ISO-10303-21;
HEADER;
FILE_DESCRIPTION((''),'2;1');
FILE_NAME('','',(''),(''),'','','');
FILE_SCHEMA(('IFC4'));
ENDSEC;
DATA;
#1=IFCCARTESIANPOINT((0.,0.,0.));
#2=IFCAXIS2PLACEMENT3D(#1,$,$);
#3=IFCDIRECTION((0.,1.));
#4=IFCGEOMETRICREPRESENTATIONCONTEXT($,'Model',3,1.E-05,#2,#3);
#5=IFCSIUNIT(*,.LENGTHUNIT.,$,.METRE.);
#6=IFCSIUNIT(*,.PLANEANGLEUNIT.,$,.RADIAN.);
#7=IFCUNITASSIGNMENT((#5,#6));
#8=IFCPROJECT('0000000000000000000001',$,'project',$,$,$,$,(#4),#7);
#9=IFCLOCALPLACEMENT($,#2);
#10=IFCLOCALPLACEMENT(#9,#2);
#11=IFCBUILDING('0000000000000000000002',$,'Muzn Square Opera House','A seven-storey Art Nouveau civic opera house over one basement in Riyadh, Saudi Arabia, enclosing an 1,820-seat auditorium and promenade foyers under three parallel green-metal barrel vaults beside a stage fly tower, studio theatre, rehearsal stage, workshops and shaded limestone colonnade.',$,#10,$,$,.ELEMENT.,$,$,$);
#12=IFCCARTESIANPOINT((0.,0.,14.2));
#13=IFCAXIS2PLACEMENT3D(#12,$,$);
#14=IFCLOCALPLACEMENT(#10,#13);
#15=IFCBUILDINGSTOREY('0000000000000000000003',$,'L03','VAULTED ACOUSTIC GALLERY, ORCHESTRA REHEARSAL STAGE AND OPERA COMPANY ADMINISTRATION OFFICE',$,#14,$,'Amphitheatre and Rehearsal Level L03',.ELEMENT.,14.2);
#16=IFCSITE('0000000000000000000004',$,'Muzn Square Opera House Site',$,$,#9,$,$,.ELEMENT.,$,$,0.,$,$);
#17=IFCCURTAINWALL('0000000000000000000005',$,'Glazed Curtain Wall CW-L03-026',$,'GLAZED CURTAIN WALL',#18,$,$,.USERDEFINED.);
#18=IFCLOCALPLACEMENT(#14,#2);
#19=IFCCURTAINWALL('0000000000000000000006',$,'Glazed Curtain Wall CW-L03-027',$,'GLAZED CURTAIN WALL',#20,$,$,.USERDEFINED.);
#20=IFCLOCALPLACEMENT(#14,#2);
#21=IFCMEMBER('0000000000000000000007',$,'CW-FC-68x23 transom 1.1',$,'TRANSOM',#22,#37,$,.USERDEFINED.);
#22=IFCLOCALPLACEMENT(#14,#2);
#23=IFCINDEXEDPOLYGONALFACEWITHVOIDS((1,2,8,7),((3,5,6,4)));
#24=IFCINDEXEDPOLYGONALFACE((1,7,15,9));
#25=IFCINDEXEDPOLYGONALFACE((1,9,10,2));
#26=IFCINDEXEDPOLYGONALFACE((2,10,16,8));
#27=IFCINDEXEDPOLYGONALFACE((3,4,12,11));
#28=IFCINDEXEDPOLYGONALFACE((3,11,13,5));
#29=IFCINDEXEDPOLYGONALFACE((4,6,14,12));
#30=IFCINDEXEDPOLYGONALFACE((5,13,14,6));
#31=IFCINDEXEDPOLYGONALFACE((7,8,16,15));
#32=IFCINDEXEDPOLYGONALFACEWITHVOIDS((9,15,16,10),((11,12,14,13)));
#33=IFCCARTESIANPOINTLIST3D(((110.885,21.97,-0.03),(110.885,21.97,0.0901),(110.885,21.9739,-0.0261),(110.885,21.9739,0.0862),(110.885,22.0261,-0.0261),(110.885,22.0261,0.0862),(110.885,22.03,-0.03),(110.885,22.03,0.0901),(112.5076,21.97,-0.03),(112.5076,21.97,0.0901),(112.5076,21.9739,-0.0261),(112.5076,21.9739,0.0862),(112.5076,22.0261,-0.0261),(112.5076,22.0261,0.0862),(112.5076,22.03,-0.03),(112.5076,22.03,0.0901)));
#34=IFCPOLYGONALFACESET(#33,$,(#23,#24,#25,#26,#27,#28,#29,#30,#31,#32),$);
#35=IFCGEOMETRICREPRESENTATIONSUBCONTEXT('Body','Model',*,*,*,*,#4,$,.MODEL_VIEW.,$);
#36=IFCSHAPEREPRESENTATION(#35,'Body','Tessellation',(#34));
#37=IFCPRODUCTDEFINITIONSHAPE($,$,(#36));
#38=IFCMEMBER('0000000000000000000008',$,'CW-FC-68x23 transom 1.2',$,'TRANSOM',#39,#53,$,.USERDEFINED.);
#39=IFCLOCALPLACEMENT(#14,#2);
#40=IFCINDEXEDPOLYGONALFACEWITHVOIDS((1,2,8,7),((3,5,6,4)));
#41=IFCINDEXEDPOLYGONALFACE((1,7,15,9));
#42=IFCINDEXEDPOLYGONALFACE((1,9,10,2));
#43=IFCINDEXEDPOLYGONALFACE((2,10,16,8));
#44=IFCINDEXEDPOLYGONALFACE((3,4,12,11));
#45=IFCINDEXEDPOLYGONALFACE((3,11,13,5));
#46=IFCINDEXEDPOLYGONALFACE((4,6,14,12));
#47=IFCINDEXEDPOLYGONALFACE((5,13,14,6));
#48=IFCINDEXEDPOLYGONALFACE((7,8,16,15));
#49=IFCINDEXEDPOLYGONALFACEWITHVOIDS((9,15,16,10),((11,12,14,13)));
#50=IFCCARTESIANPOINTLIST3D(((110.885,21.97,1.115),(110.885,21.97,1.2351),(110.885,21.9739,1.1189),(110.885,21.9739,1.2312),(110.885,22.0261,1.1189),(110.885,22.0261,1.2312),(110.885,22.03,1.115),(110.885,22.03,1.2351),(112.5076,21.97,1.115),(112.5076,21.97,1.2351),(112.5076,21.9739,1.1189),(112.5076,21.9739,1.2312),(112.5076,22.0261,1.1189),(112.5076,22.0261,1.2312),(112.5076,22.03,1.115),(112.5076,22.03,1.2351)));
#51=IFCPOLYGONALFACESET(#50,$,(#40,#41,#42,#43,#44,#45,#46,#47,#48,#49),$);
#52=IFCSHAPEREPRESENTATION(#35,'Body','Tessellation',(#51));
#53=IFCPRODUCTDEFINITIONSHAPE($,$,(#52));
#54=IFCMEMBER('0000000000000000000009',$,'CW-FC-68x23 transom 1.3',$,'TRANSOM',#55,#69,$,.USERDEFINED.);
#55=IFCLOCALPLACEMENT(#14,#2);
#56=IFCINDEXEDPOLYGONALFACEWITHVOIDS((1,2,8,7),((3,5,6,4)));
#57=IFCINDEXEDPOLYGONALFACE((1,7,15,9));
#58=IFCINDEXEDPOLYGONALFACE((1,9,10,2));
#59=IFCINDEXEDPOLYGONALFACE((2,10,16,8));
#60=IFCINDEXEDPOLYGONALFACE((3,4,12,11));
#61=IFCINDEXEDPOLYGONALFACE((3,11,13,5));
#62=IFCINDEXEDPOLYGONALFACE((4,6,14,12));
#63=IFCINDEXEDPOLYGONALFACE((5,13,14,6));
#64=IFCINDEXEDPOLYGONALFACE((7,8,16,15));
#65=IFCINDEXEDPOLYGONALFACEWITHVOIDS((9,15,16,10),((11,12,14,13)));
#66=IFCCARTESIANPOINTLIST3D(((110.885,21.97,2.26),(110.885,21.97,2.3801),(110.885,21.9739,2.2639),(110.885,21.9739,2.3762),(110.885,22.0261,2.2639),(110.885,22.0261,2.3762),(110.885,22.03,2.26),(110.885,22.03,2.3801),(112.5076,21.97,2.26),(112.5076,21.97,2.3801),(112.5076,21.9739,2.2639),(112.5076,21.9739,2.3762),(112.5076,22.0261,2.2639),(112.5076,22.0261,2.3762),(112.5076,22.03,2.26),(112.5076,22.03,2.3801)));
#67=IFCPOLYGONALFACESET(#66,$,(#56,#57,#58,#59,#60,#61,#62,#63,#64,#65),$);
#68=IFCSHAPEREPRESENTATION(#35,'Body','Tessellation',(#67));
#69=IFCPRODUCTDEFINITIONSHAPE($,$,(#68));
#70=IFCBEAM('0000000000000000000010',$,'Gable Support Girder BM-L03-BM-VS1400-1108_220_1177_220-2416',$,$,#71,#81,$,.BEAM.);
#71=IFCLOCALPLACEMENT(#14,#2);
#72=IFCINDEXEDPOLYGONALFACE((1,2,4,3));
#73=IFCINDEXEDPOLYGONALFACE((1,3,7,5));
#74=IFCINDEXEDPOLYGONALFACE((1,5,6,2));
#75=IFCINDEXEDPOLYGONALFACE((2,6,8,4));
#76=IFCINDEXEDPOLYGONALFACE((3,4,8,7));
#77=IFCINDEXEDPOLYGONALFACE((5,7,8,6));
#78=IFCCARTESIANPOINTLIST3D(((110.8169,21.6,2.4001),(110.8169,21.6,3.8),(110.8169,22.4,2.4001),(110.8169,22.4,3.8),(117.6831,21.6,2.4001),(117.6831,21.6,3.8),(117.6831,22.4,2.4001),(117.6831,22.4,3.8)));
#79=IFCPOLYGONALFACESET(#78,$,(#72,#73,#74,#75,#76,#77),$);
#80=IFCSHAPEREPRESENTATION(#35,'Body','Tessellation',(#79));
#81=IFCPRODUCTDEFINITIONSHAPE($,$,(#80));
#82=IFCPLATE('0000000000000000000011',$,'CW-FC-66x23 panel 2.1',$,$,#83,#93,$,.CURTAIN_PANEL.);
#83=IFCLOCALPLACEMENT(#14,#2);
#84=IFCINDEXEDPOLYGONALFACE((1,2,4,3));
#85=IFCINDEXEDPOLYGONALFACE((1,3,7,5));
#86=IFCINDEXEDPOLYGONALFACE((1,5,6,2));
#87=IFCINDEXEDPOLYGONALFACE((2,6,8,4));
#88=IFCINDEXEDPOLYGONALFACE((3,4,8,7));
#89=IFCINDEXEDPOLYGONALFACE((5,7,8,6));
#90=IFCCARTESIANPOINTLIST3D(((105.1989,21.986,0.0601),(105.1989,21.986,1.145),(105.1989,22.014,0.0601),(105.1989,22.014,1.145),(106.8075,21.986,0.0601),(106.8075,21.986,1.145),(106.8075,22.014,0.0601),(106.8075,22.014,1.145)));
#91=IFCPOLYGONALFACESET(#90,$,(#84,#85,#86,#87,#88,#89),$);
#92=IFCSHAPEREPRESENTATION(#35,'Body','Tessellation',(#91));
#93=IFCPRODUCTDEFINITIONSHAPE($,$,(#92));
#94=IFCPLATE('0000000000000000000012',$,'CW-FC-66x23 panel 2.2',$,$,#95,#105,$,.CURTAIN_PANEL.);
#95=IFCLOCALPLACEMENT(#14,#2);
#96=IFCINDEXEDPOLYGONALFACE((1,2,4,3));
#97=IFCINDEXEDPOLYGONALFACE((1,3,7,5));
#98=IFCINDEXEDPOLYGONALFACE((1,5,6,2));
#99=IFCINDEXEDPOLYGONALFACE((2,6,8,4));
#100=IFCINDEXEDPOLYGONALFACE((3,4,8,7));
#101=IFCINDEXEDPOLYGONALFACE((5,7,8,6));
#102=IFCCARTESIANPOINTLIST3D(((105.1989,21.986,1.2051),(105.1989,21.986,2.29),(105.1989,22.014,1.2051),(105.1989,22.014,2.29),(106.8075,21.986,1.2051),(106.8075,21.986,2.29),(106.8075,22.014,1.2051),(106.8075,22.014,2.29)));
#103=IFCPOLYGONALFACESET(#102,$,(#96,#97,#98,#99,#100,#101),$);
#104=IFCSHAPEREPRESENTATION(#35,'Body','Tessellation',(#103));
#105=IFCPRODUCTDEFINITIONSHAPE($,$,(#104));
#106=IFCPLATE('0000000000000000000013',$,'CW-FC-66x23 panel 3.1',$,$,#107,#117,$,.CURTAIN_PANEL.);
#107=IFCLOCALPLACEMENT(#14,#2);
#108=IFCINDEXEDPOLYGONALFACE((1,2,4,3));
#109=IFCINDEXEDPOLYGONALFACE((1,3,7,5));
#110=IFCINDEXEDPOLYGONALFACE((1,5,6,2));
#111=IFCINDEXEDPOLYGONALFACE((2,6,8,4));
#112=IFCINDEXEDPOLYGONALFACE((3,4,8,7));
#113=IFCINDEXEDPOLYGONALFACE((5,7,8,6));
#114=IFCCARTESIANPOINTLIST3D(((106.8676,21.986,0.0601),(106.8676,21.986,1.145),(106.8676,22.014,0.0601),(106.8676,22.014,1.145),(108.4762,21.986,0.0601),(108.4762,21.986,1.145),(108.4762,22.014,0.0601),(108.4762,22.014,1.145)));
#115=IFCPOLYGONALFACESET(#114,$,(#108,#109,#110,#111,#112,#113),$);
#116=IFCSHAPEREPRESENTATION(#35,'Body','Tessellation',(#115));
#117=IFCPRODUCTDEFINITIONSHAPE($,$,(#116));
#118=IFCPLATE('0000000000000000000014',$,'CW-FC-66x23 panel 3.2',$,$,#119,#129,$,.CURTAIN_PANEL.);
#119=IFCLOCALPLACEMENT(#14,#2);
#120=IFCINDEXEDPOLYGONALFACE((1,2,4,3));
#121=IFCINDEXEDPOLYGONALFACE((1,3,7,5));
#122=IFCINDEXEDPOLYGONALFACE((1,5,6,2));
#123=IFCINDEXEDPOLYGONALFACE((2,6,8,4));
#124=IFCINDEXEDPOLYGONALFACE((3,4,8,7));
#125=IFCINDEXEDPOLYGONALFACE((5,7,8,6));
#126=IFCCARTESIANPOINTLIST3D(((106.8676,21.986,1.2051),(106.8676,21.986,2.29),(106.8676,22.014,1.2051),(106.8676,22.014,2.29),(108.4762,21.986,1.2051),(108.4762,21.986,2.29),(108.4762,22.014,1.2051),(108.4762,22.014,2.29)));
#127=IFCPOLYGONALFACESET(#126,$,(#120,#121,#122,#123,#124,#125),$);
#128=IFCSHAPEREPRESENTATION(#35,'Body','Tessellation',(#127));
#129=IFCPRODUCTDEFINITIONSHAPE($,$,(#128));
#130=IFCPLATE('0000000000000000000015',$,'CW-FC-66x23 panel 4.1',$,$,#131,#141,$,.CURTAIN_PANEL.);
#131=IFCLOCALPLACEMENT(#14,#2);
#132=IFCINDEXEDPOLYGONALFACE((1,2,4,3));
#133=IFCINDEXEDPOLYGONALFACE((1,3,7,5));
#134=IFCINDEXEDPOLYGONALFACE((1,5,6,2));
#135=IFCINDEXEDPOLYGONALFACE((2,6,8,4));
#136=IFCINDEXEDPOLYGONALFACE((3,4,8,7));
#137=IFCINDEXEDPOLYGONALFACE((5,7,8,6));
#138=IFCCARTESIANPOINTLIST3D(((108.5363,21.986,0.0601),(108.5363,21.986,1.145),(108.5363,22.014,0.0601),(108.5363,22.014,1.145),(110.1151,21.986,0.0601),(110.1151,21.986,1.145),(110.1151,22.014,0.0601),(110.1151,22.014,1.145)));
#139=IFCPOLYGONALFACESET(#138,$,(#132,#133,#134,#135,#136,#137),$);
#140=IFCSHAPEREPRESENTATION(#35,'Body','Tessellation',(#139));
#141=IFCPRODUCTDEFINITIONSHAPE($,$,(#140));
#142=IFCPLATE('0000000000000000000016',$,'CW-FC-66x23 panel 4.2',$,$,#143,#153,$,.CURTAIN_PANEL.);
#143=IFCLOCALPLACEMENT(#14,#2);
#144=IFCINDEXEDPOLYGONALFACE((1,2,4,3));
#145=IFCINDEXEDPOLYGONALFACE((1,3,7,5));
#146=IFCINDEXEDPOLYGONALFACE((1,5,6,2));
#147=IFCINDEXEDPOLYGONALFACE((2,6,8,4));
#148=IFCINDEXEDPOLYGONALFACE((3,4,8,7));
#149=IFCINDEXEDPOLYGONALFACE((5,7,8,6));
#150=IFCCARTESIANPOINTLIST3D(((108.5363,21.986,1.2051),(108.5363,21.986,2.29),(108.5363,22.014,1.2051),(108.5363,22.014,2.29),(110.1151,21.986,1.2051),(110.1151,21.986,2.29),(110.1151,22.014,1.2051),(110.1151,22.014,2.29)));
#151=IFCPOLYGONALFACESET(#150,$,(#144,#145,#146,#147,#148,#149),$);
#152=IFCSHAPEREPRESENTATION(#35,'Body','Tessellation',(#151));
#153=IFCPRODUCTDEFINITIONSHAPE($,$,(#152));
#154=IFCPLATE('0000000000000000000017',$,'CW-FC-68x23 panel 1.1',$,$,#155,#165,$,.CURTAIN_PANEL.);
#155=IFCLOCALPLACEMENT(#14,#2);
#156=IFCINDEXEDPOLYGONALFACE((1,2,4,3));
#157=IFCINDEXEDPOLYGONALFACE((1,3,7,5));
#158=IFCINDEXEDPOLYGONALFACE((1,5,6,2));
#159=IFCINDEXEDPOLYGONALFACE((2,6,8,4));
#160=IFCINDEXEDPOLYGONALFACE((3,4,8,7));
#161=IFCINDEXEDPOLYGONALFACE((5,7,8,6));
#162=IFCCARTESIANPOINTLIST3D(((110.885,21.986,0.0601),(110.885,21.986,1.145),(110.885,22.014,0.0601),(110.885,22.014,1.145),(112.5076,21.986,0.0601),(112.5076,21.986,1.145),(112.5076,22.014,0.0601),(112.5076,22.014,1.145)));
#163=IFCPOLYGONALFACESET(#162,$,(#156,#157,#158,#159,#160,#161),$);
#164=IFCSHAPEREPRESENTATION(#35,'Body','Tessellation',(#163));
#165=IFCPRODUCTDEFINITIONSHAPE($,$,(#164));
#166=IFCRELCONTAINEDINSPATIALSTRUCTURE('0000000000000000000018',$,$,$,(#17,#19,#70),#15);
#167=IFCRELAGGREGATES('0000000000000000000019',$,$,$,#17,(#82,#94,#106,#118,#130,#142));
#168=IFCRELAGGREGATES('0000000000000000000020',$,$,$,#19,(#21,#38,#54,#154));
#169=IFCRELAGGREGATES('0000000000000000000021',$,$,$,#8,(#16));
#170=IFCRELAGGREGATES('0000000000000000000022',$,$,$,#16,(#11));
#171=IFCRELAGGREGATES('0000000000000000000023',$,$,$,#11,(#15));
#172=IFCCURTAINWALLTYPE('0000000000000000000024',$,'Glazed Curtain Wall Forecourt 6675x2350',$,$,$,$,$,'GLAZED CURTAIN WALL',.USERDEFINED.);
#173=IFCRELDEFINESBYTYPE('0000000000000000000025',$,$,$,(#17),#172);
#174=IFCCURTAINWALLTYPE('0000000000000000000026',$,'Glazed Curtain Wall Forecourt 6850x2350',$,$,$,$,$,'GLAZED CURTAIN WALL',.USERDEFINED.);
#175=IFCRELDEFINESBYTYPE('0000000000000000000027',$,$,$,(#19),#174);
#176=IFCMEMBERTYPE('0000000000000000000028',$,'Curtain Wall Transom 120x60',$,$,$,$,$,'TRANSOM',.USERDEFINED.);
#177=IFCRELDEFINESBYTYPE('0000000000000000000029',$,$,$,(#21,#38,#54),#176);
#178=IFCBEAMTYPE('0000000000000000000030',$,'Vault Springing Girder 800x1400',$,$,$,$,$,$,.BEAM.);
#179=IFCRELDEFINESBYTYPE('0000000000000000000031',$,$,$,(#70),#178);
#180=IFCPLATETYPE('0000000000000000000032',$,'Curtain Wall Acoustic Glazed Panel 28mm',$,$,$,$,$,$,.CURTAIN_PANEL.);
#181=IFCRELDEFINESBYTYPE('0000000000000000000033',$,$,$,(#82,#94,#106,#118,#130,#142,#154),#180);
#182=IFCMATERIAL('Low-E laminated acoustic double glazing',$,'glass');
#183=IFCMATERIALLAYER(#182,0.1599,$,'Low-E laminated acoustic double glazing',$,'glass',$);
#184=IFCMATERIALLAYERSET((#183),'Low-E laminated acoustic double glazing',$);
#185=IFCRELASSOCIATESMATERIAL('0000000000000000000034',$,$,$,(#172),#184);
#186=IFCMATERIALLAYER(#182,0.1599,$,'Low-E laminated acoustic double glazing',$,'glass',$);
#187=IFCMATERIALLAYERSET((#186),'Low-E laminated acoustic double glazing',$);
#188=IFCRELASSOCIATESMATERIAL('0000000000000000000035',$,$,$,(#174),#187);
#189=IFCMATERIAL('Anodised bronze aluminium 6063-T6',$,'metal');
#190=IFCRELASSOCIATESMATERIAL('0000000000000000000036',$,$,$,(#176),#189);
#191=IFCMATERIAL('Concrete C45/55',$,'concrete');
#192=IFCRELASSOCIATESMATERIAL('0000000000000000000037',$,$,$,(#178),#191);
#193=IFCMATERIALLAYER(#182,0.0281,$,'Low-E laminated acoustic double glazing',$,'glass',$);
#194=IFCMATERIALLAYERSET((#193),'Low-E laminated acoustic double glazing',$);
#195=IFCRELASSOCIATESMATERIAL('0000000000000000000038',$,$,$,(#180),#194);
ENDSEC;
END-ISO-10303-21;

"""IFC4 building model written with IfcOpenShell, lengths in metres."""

from ifc_helpers import new_model, si_unit, direction, frame, origin, origin_2d, place, context, subcontext, project, spatial, rectangle, hollow_rectangle, extrude, material, layer, layer_set, material_profile, profile_set, type_object, element, aggregate, save


model = new_model("IFC4")

# Units and contexts
model_context = context("Model", 3, precision=1e-05, world=origin(), true_north=direction((0.0, 1.0)))
body_context = subcontext(model_context, "Body", "Model", "MODEL_VIEW")
ifc_project = project(units=[si_unit("LENGTHUNIT", "METRE"), si_unit("PLANEANGLEUNIT", "RADIAN")], contexts=[model_context])

# Site, building, storey
site_placement = place(None, origin())
site = spatial("IfcSite", under=ifc_project, at=site_placement, Name="Muzn Square Opera House Site", CompositionType="ELEMENT", RefElevation=0.0)
building_placement = place(site_placement, origin())
building = spatial("IfcBuilding", under=site, at=building_placement, Name="Muzn Square Opera House", Description="A seven-storey Art Nouveau civic opera house over one basement in Riyadh, Saudi Arabia, enclosing an 1,820-seat auditorium and promenade foyers under three parallel green-metal barrel vaults beside a stage fly tower, studio theatre, rehearsal stage, workshops and shaded limestone colonnade.", CompositionType="ELEMENT")
storey_placement = place(building_placement, frame((0.0, 0.0, 14.2)))
storey = spatial("IfcBuildingStorey", under=building, at=storey_placement, Name="L03", Description="VAULTED ACOUSTIC GALLERY, ORCHESTRA REHEARSAL STAGE AND OPERA COMPANY ADMINISTRATION OFFICE", LongName="Amphitheatre and Rehearsal Level L03", CompositionType="ELEMENT", Elevation=14.2)

# Shared definitions
ifc_material_1 = material(Name="Concrete C45/55", Category="concrete")

# Curtain wall
ifc_material_2 = material(Name="Low-E laminated acoustic double glazing", Category="glass")
ifc_layer_1 = layer(ifc_material_2, 0.1599, Name="Low-E laminated acoustic double glazing", Category="glass")
ifc_layer_set_1 = layer_set([ifc_layer_1], Name="Low-E laminated acoustic double glazing")
curtain_wall_type_1 = type_object("IfcCurtainWallType", Name="Glazed Curtain Wall Forecourt 6675x2350", ElementType="GLAZED CURTAIN WALL", PredefinedType="USERDEFINED", material=ifc_layer_set_1)
curtain_wall_1_placement = place(storey_placement, origin())
curtain_wall_1 = element("IfcCurtainWall", 1, at=curtain_wall_1_placement, inside=storey, type_object=curtain_wall_type_1, Name="Glazed Curtain Wall CW-L03-026", ObjectType="GLAZED CURTAIN WALL", PredefinedType="USERDEFINED")
ifc_material_3 = material(Name="Anodised bronze aluminium 6063-T6", Category="metal")

# Curtain wall
ifc_layer_2 = layer(ifc_material_2, 0.1599, Name="Low-E laminated acoustic double glazing", Category="glass")
ifc_layer_set_2 = layer_set([ifc_layer_2], Name="Low-E laminated acoustic double glazing")
curtain_wall_type_2 = type_object("IfcCurtainWallType", Name="Glazed Curtain Wall Forecourt 6850x2350", ElementType="GLAZED CURTAIN WALL", PredefinedType="USERDEFINED", material=ifc_layer_set_2)
curtain_wall_2_placement = place(storey_placement, origin())
curtain_wall_2 = element("IfcCurtainWall", 2, at=curtain_wall_2_placement, inside=storey, type_object=curtain_wall_type_2, Name="Glazed Curtain Wall CW-L03-027", ObjectType="GLAZED CURTAIN WALL", PredefinedType="USERDEFINED")

# Members
ifc_material_profile_1 = material_profile(ifc_material_3, hollow_rectangle(XDim=0.0601, YDim=0.1201, WallThickness=0.0039, at=origin_2d()), Name="ALU 120x60x4", Category="metal")
ifc_profile_set_1 = profile_set([ifc_material_profile_1], Name="Anodised bronze aluminium 6063-T6")
member_type_1 = type_object("IfcMemberType", Name="Curtain Wall Transom 120x60", ElementType="TRANSOM", PredefinedType="USERDEFINED", material=ifc_profile_set_1)
member_1_placement = place(storey_placement, frame((110.885, 22.0, 0.03), z_axis=(1.0, 0.0, 0.0), x_axis=(0.0, 1.0, 0.0)))
member_1 = element("IfcMember", 3, at=member_1_placement, type_object=member_type_1, Name="CW-FC-68x23 transom 1.1", ObjectType="TRANSOM", PredefinedType="USERDEFINED", context=body_context, shape_type="SweptSolid", body=[
    extrude(hollow_rectangle(XDim=0.0601, YDim=0.1201, WallThickness=0.0039, at=origin_2d()), origin(), (0.0, 0.0, 1.0), 1.6226),
])
member_2_placement = place(storey_placement, frame((110.885, 22.0, 1.175), z_axis=(1.0, 0.0, 0.0), x_axis=(0.0, 1.0, 0.0)))
member_2 = element("IfcMember", 4, at=member_2_placement, type_object=member_type_1, Name="CW-FC-68x23 transom 1.2", ObjectType="TRANSOM", PredefinedType="USERDEFINED", context=body_context, shape_type="SweptSolid", body=[
    extrude(hollow_rectangle(XDim=0.0601, YDim=0.1201, WallThickness=0.0039, at=origin_2d()), origin(), (0.0, 0.0, 1.0), 1.6226),
])
member_3_placement = place(storey_placement, frame((110.885, 22.0, 2.3201), z_axis=(1.0, 0.0, 0.0), x_axis=(0.0, 1.0, 0.0)))
member_3 = element("IfcMember", 5, at=member_3_placement, type_object=member_type_1, Name="CW-FC-68x23 transom 1.3", ObjectType="TRANSOM", PredefinedType="USERDEFINED", context=body_context, shape_type="SweptSolid", body=[
    extrude(hollow_rectangle(XDim=0.0601, YDim=0.1201, WallThickness=0.0039, at=origin_2d()), origin(), (0.0, 0.0, 1.0), 1.6226),
])

# Beam
ifc_material_profile_2 = material_profile(ifc_material_1, rectangle(XDim=0.8, YDim=1.3999, at=origin_2d()), Name="RCB 800x1400", Category="concrete")
ifc_profile_set_2 = profile_set([ifc_material_profile_2], Name="Concrete C45/55")
beam_type = type_object("IfcBeamType", Name="Vault Springing Girder 800x1400", PredefinedType="BEAM", material=ifc_profile_set_2)
beam_placement = place(storey_placement, frame((110.8169, 22.0, 3.1001), z_axis=(1.0, 0.0, 0.0), x_axis=(0.0, 1.0, 0.0)))
element("IfcBeam", 6, at=beam_placement, inside=storey, type_object=beam_type, Name="Gable Support Girder BM-L03-BM-VS1400-1108_220_1177_220-2416", PredefinedType="BEAM", context=body_context, shape_type="SweptSolid", body=[
    extrude(rectangle(XDim=0.8, YDim=1.3999, at=origin_2d()), origin(), (0.0, 0.0, 1.0), 6.8662),
])

# Plates
ifc_layer_3 = layer(ifc_material_2, 0.0281, Name="Low-E laminated acoustic double glazing", Category="glass")
ifc_layer_set_3 = layer_set([ifc_layer_3], Name="Low-E laminated acoustic double glazing")
plate_type = type_object("IfcPlateType", Name="Curtain Wall Acoustic Glazed Panel 28mm", PredefinedType="CURTAIN_PANEL", material=ifc_layer_set_3)
plate_1_placement = place(storey_placement, frame((106.0032, 22.0, 0.0601), z_axis=(0.0, 0.0, 1.0), x_axis=(1.0, 0.0, 0.0)))
plate_1 = element("IfcPlate", 7, at=plate_1_placement, type_object=plate_type, Name="CW-FC-66x23 panel 2.1", PredefinedType="CURTAIN_PANEL", context=body_context, shape_type="SweptSolid", body=[
    extrude(rectangle(XDim=1.6086, YDim=0.0281, at=origin_2d()), origin(), (0.0, 0.0, 1.0), 1.085),
])
plate_2_placement = place(storey_placement, frame((106.0032, 22.0, 1.2051), z_axis=(0.0, 0.0, 1.0), x_axis=(1.0, 0.0, 0.0)))
plate_2 = element("IfcPlate", 8, at=plate_2_placement, type_object=plate_type, Name="CW-FC-66x23 panel 2.2", PredefinedType="CURTAIN_PANEL", context=body_context, shape_type="SweptSolid", body=[
    extrude(rectangle(XDim=1.6086, YDim=0.0281, at=origin_2d()), origin(), (0.0, 0.0, 1.0), 1.085),
])
plate_3_placement = place(storey_placement, frame((107.6719, 22.0, 0.0601), z_axis=(0.0, 0.0, 1.0), x_axis=(1.0, 0.0, 0.0)))
plate_3 = element("IfcPlate", 9, at=plate_3_placement, type_object=plate_type, Name="CW-FC-66x23 panel 3.1", PredefinedType="CURTAIN_PANEL", context=body_context, shape_type="SweptSolid", body=[
    extrude(rectangle(XDim=1.6086, YDim=0.0281, at=origin_2d()), origin(), (0.0, 0.0, 1.0), 1.085),
])
plate_4_placement = place(storey_placement, frame((107.6719, 22.0, 1.2051), z_axis=(0.0, 0.0, 1.0), x_axis=(1.0, 0.0, 0.0)))
plate_4 = element("IfcPlate", 10, at=plate_4_placement, type_object=plate_type, Name="CW-FC-66x23 panel 3.2", PredefinedType="CURTAIN_PANEL", context=body_context, shape_type="SweptSolid", body=[
    extrude(rectangle(XDim=1.6086, YDim=0.0281, at=origin_2d()), origin(), (0.0, 0.0, 1.0), 1.085),
])
plate_5_placement = place(storey_placement, frame((109.3257, 22.0, 0.0601), z_axis=(0.0, 0.0, 1.0), x_axis=(1.0, 0.0, 0.0)))
plate_5 = element("IfcPlate", 11, at=plate_5_placement, type_object=plate_type, Name="CW-FC-66x23 panel 4.1", PredefinedType="CURTAIN_PANEL", context=body_context, shape_type="SweptSolid", body=[
    extrude(rectangle(XDim=1.5789, YDim=0.0281, at=origin_2d()), origin(), (0.0, 0.0, 1.0), 1.085),
])
plate_6_placement = place(storey_placement, frame((109.3257, 22.0, 1.2051), z_axis=(0.0, 0.0, 1.0), x_axis=(1.0, 0.0, 0.0)))
plate_6 = element("IfcPlate", 12, at=plate_6_placement, type_object=plate_type, Name="CW-FC-66x23 panel 4.2", PredefinedType="CURTAIN_PANEL", context=body_context, shape_type="SweptSolid", body=[
    extrude(rectangle(XDim=1.5789, YDim=0.0281, at=origin_2d()), origin(), (0.0, 0.0, 1.0), 1.085),
])
aggregate(curtain_wall_1, [plate_1, plate_2, plate_3, plate_4, plate_5, plate_6])
plate_7_placement = place(storey_placement, frame((111.6963, 22.0, 0.0601), z_axis=(0.0, 0.0, 1.0), x_axis=(1.0, 0.0, 0.0)))
plate_7 = element("IfcPlate", 13, at=plate_7_placement, type_object=plate_type, Name="CW-FC-68x23 panel 1.1", PredefinedType="CURTAIN_PANEL", context=body_context, shape_type="SweptSolid", body=[
    extrude(rectangle(XDim=1.6226, YDim=0.0281, at=origin_2d()), origin(), (0.0, 0.0, 1.0), 1.085),
])
aggregate(curtain_wall_2, [member_1, member_2, member_3, plate_7])

save(model, "model.ifc")
